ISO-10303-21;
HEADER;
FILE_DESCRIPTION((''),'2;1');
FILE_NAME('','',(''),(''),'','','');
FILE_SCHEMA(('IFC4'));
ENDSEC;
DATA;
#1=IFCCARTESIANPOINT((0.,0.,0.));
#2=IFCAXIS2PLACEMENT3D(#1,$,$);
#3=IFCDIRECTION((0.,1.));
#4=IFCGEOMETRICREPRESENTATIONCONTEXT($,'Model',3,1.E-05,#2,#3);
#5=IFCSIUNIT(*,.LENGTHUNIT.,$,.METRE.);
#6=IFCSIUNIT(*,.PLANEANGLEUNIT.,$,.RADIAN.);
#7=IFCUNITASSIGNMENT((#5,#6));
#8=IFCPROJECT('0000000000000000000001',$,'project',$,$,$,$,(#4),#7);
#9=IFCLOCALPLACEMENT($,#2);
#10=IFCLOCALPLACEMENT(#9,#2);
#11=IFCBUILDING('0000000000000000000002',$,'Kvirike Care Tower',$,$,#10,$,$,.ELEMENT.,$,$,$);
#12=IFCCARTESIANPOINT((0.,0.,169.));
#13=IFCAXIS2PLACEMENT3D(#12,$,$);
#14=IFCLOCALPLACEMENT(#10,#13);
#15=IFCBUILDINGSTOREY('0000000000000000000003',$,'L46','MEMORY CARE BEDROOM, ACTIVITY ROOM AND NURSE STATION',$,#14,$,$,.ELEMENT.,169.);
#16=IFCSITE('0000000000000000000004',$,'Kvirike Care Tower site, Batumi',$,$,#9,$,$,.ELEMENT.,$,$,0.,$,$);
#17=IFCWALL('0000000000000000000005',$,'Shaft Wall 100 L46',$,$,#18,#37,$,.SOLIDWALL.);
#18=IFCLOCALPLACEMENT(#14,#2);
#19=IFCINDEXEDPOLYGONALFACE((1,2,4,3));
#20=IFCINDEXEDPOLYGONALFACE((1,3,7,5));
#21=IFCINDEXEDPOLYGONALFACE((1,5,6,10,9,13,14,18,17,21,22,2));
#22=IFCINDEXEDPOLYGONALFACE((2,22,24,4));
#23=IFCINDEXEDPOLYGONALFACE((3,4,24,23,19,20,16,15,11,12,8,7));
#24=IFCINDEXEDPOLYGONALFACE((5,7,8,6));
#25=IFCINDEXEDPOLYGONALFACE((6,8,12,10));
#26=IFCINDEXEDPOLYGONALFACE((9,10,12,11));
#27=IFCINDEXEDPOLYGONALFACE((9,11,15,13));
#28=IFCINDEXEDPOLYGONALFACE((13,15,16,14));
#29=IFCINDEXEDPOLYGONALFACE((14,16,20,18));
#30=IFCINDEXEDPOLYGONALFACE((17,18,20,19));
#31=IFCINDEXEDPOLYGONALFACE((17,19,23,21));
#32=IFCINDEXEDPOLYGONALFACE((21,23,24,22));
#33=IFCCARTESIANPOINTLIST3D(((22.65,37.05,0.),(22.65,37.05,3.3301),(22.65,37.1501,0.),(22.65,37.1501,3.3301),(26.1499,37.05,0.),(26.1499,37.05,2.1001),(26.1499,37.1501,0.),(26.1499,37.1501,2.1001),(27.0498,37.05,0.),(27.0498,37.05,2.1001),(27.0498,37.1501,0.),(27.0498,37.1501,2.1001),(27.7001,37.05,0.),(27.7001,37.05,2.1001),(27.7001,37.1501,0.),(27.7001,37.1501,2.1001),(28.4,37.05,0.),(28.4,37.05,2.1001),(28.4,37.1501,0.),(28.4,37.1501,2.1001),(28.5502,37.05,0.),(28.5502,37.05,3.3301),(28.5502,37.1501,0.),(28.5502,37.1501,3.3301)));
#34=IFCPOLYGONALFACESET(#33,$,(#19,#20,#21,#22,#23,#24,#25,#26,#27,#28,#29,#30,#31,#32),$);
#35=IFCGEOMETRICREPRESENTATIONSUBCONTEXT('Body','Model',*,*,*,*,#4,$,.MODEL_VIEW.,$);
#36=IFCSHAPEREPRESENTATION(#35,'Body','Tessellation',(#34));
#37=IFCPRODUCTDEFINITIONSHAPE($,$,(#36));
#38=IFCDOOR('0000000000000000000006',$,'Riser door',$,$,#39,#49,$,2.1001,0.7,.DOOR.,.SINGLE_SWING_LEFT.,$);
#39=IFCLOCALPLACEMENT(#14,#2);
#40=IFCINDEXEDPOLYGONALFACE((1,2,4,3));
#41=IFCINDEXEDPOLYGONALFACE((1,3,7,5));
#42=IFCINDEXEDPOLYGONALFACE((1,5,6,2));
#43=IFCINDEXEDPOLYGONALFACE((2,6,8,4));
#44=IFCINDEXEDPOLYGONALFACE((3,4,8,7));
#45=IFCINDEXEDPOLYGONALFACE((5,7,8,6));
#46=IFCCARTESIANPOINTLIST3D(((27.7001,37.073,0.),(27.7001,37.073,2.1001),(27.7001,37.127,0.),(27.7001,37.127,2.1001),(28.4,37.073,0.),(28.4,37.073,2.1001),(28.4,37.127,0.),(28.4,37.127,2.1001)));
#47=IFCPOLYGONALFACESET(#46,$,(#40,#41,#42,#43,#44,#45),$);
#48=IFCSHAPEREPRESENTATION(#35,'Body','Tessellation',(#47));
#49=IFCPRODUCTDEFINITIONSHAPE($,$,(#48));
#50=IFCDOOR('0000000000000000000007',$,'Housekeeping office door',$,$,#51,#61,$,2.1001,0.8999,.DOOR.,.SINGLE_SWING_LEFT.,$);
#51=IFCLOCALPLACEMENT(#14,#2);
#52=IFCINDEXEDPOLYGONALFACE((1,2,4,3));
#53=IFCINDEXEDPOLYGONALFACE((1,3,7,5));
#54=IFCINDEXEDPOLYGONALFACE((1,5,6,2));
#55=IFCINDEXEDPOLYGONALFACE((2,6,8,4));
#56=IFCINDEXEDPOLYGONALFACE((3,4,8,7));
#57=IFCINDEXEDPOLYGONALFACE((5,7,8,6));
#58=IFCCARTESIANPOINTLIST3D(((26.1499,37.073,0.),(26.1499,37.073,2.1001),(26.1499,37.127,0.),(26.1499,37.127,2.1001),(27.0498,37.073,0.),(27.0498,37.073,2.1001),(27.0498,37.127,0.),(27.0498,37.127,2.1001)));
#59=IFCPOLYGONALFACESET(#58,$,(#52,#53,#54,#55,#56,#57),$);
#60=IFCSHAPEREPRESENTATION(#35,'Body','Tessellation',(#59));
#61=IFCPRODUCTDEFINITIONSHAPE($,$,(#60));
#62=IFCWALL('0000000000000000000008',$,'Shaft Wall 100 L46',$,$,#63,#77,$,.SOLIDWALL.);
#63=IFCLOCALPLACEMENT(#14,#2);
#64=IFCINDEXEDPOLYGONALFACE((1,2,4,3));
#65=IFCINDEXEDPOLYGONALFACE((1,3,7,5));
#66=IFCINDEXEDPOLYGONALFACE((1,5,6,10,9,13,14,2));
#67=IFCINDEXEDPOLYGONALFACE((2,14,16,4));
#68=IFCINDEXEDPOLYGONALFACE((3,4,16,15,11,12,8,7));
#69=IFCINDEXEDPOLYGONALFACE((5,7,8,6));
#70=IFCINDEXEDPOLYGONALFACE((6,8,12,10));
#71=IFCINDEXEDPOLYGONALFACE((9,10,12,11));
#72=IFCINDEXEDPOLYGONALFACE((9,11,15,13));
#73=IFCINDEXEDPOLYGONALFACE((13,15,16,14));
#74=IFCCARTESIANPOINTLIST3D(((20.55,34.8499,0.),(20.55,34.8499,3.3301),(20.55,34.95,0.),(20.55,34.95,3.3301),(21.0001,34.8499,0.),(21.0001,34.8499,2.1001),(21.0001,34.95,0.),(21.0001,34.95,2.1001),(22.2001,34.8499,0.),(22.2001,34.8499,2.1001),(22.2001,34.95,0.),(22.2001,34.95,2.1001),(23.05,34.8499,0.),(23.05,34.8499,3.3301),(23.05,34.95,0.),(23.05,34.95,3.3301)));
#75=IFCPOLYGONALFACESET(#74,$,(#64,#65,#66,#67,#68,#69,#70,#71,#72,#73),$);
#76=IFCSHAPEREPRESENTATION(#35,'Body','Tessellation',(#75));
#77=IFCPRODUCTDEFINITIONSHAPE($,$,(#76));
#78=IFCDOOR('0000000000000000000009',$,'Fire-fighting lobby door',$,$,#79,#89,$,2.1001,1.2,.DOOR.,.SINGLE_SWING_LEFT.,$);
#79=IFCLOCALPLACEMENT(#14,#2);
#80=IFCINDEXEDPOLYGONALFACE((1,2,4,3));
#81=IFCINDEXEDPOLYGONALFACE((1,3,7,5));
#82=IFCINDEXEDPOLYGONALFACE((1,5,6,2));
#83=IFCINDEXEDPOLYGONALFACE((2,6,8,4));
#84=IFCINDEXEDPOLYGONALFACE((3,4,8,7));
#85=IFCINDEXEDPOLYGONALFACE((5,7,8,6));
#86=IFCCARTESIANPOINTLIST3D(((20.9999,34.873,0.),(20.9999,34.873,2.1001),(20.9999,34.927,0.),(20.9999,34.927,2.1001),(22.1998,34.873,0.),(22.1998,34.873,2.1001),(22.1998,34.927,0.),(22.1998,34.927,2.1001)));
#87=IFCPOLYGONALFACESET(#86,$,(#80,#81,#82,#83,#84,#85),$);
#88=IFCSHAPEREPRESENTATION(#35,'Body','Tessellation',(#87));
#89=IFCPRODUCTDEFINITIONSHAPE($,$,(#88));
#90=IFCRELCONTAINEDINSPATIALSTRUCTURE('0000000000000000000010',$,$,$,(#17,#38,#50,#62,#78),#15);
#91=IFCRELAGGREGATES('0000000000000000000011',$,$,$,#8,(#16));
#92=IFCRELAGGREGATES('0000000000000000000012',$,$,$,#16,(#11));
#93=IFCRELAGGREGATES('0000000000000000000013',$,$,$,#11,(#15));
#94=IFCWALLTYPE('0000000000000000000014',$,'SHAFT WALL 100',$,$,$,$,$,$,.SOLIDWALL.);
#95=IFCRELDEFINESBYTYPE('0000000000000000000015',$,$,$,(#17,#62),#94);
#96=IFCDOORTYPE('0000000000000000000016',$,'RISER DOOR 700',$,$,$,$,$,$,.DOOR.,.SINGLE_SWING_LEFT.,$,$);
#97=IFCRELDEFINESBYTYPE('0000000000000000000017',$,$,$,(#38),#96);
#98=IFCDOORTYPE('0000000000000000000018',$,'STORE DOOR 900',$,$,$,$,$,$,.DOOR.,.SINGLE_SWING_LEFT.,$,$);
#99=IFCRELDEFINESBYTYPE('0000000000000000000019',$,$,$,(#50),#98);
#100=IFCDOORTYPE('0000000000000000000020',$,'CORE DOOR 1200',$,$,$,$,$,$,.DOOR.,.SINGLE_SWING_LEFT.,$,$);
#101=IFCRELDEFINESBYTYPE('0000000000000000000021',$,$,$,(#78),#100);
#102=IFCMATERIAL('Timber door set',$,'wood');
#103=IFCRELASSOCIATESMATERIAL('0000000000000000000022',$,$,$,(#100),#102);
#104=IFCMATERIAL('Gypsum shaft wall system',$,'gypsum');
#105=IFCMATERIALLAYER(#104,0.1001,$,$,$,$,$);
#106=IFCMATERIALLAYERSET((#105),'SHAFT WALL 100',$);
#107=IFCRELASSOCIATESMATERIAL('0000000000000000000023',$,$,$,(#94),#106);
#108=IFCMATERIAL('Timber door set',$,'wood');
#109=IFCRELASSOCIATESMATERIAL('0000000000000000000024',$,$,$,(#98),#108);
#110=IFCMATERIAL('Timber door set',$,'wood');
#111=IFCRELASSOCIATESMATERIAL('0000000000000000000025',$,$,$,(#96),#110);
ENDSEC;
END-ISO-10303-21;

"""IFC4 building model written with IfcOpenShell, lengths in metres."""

from ifc_helpers import new_model, si_unit, direction, frame, frame_2d, origin, place, context, subcontext, project, spatial, rectangle, extrude, material, layer, layer_set, type_object, element, fill, save


model = new_model("IFC4")

# Units and contexts
model_context = context("Model", 3, precision=1e-05, world=origin(), true_north=direction((0.0, 1.0)))
body_context = subcontext(model_context, "Body", "Model", "MODEL_VIEW")
ifc_project = project(units=[si_unit("LENGTHUNIT", "METRE"), si_unit("PLANEANGLEUNIT", "RADIAN")], contexts=[model_context])

# Site, building, storey
site_placement = place(None, origin())
site = spatial("IfcSite", under=ifc_project, at=site_placement, Name="Kvirike Care Tower site, Batumi", CompositionType="ELEMENT", RefElevation=0.0)
building_placement = place(site_placement, origin())
building = spatial("IfcBuilding", under=site, at=building_placement, Name="Kvirike Care Tower", CompositionType="ELEMENT")
storey_placement = place(building_placement, frame((0.0, 0.0, 169.0)))
storey = spatial("IfcBuildingStorey", under=building, at=storey_placement, Name="L46", Description="MEMORY CARE BEDROOM, ACTIVITY ROOM AND NURSE STATION", CompositionType="ELEMENT", Elevation=169.0)

# Shared definitions
ifc_material_1 = material(Name="Timber door set", Category="wood")
door_type_1 = type_object("IfcDoorType", Name="CORE DOOR 1200", OperationType="SINGLE_SWING_LEFT", PredefinedType="DOOR", material=ifc_material_1)

# Shared definitions
ifc_material_2 = material(Name="Gypsum shaft wall system", Category="gypsum")
ifc_layer_1 = layer(ifc_material_2, 0.1001)
ifc_layer_set_1 = layer_set([ifc_layer_1], Name="SHAFT WALL 100")
wall_type_1 = type_object("IfcWallType", Name="SHAFT WALL 100", PredefinedType="SOLIDWALL", material=ifc_layer_set_1)

# Shared definitions
ifc_material_3 = material(Name="Timber door set", Category="wood")
door_type_2 = type_object("IfcDoorType", Name="STORE DOOR 900", OperationType="SINGLE_SWING_LEFT", PredefinedType="DOOR", material=ifc_material_3)

# Wall, openings, doors
wall_1_placement = place(storey_placement, frame((22.6499, 37.1001, 0.0), z_axis=(0.0, 0.0, 1.0), x_axis=(1.0, 0.0, 0.0)))
wall_1 = element("IfcWall", 1, at=wall_1_placement, inside=storey, type_object=wall_type_1, Name="Shaft Wall 100 L46", PredefinedType="SOLIDWALL", context=body_context, shape_type="SweptSolid", body=[
    extrude(rectangle(XDim=5.9001, YDim=0.1001, at=frame_2d((2.9502, 0.0))), origin(), (0.0, 0.0, 1.0), 3.3301),
])
opening_1_placement = place(wall_1_placement, frame((3.5, 0.0, 0.0)))
opening_1 = element("IfcOpeningElement", 2, at=opening_1_placement, cuts=wall_1, PredefinedType="OPENING", context=body_context, shape_type="SweptSolid", body=[
    extrude(rectangle(XDim=0.8999, YDim=2.1001, at=frame_2d((0.45, 1.05))), frame((0.0, 0.0605, 0.0), z_axis=(0.0, -1.0, 0.0), x_axis=(1.0, 0.0, 0.0)), (0.0, 0.0, 1.0), 0.1211),
])
opening_2_placement = place(wall_1_placement, frame((5.05, 0.0, 0.0)))
opening_2 = element("IfcOpeningElement", 3, at=opening_2_placement, cuts=wall_1, PredefinedType="OPENING", context=body_context, shape_type="SweptSolid", body=[
    extrude(rectangle(XDim=0.7, YDim=2.1001, at=frame_2d((0.3501, 1.05))), frame((0.0, 0.0605, 0.0), z_axis=(0.0, -1.0, 0.0), x_axis=(1.0, 0.0, 0.0)), (0.0, 0.0, 1.0), 0.1211),
])
ifc_material_4 = material(Name="Timber door set", Category="wood")
door_type_3 = type_object("IfcDoorType", Name="RISER DOOR 700", OperationType="SINGLE_SWING_LEFT", PredefinedType="DOOR", material=ifc_material_4)
door_1_placement = place(opening_2_placement, origin())
door_1 = element("IfcDoor", 4, at=door_1_placement, inside=storey, type_object=door_type_3, Name="Riser door", OperationType="SINGLE_SWING_LEFT", OverallHeight=2.1001, OverallWidth=0.7, PredefinedType="DOOR", context=body_context, shape_type="SweptSolid", body=[
    extrude(rectangle(XDim=0.7, YDim=2.1001, at=frame_2d((0.3501, 1.05))), frame((0.0, 0.0269, 0.0), z_axis=(0.0, -1.0, 0.0), x_axis=(1.0, 0.0, 0.0)), (0.0, 0.0, 1.0), 0.054),
])
fill(opening_2, door_1)
door_2_placement = place(opening_1_placement, origin())
door_2 = element("IfcDoor", 5, at=door_2_placement, inside=storey, type_object=door_type_2, Name="Housekeeping office door", OperationType="SINGLE_SWING_LEFT", OverallHeight=2.1001, OverallWidth=0.8999, PredefinedType="DOOR", context=body_context, shape_type="SweptSolid", body=[
    extrude(rectangle(XDim=0.8999, YDim=2.1001, at=frame_2d((0.45, 1.05))), frame((0.0, 0.0269, 0.0), z_axis=(0.0, -1.0, 0.0), x_axis=(1.0, 0.0, 0.0)), (0.0, 0.0, 1.0), 0.054),
])
fill(opening_1, door_2)

# Wall, opening, door
wall_2_placement = place(storey_placement, frame((20.55, 34.8999, 0.0), z_axis=(0.0, 0.0, 1.0), x_axis=(1.0, 0.0, 0.0)))
wall_2 = element("IfcWall", 6, at=wall_2_placement, inside=storey, type_object=wall_type_1, Name="Shaft Wall 100 L46", PredefinedType="SOLIDWALL", context=body_context, shape_type="SweptSolid", body=[
    extrude(rectangle(XDim=2.5, YDim=0.1001, at=frame_2d((1.25, 0.0))), origin(), (0.0, 0.0, 1.0), 3.3301),
])
opening_3_placement = place(wall_2_placement, frame((0.45, 0.0, 0.0)))
opening_3 = element("IfcOpeningElement", 7, at=opening_3_placement, cuts=wall_2, PredefinedType="OPENING", context=body_context, shape_type="SweptSolid", body=[
    extrude(rectangle(XDim=1.2, YDim=2.1001, at=frame_2d((0.6001, 1.05))), frame((0.0, 0.0605, 0.0), z_axis=(0.0, -1.0, 0.0), x_axis=(1.0, 0.0, 0.0)), (0.0, 0.0, 1.0), 0.1211),
])
door_3_placement = place(opening_3_placement, frame((1.2, 0.0, 0.0), z_axis=(0.0, 0.0, 1.0), x_axis=(-1.0, 0.0, 0.0)))
door_3 = element("IfcDoor", 8, at=door_3_placement, inside=storey, type_object=door_type_1, Name="Fire-fighting lobby door", OperationType="SINGLE_SWING_LEFT", OverallHeight=2.1001, OverallWidth=1.2, PredefinedType="DOOR", context=body_context, shape_type="SweptSolid", body=[
    extrude(rectangle(XDim=1.2, YDim=2.1001, at=frame_2d((0.6001, 1.05))), frame((0.0, 0.0269, 0.0), z_axis=(0.0, -1.0, 0.0), x_axis=(1.0, 0.0, 0.0)), (0.0, 0.0, 1.0), 0.054),
])
fill(opening_3, door_3)

save(model, "model.ifc")
